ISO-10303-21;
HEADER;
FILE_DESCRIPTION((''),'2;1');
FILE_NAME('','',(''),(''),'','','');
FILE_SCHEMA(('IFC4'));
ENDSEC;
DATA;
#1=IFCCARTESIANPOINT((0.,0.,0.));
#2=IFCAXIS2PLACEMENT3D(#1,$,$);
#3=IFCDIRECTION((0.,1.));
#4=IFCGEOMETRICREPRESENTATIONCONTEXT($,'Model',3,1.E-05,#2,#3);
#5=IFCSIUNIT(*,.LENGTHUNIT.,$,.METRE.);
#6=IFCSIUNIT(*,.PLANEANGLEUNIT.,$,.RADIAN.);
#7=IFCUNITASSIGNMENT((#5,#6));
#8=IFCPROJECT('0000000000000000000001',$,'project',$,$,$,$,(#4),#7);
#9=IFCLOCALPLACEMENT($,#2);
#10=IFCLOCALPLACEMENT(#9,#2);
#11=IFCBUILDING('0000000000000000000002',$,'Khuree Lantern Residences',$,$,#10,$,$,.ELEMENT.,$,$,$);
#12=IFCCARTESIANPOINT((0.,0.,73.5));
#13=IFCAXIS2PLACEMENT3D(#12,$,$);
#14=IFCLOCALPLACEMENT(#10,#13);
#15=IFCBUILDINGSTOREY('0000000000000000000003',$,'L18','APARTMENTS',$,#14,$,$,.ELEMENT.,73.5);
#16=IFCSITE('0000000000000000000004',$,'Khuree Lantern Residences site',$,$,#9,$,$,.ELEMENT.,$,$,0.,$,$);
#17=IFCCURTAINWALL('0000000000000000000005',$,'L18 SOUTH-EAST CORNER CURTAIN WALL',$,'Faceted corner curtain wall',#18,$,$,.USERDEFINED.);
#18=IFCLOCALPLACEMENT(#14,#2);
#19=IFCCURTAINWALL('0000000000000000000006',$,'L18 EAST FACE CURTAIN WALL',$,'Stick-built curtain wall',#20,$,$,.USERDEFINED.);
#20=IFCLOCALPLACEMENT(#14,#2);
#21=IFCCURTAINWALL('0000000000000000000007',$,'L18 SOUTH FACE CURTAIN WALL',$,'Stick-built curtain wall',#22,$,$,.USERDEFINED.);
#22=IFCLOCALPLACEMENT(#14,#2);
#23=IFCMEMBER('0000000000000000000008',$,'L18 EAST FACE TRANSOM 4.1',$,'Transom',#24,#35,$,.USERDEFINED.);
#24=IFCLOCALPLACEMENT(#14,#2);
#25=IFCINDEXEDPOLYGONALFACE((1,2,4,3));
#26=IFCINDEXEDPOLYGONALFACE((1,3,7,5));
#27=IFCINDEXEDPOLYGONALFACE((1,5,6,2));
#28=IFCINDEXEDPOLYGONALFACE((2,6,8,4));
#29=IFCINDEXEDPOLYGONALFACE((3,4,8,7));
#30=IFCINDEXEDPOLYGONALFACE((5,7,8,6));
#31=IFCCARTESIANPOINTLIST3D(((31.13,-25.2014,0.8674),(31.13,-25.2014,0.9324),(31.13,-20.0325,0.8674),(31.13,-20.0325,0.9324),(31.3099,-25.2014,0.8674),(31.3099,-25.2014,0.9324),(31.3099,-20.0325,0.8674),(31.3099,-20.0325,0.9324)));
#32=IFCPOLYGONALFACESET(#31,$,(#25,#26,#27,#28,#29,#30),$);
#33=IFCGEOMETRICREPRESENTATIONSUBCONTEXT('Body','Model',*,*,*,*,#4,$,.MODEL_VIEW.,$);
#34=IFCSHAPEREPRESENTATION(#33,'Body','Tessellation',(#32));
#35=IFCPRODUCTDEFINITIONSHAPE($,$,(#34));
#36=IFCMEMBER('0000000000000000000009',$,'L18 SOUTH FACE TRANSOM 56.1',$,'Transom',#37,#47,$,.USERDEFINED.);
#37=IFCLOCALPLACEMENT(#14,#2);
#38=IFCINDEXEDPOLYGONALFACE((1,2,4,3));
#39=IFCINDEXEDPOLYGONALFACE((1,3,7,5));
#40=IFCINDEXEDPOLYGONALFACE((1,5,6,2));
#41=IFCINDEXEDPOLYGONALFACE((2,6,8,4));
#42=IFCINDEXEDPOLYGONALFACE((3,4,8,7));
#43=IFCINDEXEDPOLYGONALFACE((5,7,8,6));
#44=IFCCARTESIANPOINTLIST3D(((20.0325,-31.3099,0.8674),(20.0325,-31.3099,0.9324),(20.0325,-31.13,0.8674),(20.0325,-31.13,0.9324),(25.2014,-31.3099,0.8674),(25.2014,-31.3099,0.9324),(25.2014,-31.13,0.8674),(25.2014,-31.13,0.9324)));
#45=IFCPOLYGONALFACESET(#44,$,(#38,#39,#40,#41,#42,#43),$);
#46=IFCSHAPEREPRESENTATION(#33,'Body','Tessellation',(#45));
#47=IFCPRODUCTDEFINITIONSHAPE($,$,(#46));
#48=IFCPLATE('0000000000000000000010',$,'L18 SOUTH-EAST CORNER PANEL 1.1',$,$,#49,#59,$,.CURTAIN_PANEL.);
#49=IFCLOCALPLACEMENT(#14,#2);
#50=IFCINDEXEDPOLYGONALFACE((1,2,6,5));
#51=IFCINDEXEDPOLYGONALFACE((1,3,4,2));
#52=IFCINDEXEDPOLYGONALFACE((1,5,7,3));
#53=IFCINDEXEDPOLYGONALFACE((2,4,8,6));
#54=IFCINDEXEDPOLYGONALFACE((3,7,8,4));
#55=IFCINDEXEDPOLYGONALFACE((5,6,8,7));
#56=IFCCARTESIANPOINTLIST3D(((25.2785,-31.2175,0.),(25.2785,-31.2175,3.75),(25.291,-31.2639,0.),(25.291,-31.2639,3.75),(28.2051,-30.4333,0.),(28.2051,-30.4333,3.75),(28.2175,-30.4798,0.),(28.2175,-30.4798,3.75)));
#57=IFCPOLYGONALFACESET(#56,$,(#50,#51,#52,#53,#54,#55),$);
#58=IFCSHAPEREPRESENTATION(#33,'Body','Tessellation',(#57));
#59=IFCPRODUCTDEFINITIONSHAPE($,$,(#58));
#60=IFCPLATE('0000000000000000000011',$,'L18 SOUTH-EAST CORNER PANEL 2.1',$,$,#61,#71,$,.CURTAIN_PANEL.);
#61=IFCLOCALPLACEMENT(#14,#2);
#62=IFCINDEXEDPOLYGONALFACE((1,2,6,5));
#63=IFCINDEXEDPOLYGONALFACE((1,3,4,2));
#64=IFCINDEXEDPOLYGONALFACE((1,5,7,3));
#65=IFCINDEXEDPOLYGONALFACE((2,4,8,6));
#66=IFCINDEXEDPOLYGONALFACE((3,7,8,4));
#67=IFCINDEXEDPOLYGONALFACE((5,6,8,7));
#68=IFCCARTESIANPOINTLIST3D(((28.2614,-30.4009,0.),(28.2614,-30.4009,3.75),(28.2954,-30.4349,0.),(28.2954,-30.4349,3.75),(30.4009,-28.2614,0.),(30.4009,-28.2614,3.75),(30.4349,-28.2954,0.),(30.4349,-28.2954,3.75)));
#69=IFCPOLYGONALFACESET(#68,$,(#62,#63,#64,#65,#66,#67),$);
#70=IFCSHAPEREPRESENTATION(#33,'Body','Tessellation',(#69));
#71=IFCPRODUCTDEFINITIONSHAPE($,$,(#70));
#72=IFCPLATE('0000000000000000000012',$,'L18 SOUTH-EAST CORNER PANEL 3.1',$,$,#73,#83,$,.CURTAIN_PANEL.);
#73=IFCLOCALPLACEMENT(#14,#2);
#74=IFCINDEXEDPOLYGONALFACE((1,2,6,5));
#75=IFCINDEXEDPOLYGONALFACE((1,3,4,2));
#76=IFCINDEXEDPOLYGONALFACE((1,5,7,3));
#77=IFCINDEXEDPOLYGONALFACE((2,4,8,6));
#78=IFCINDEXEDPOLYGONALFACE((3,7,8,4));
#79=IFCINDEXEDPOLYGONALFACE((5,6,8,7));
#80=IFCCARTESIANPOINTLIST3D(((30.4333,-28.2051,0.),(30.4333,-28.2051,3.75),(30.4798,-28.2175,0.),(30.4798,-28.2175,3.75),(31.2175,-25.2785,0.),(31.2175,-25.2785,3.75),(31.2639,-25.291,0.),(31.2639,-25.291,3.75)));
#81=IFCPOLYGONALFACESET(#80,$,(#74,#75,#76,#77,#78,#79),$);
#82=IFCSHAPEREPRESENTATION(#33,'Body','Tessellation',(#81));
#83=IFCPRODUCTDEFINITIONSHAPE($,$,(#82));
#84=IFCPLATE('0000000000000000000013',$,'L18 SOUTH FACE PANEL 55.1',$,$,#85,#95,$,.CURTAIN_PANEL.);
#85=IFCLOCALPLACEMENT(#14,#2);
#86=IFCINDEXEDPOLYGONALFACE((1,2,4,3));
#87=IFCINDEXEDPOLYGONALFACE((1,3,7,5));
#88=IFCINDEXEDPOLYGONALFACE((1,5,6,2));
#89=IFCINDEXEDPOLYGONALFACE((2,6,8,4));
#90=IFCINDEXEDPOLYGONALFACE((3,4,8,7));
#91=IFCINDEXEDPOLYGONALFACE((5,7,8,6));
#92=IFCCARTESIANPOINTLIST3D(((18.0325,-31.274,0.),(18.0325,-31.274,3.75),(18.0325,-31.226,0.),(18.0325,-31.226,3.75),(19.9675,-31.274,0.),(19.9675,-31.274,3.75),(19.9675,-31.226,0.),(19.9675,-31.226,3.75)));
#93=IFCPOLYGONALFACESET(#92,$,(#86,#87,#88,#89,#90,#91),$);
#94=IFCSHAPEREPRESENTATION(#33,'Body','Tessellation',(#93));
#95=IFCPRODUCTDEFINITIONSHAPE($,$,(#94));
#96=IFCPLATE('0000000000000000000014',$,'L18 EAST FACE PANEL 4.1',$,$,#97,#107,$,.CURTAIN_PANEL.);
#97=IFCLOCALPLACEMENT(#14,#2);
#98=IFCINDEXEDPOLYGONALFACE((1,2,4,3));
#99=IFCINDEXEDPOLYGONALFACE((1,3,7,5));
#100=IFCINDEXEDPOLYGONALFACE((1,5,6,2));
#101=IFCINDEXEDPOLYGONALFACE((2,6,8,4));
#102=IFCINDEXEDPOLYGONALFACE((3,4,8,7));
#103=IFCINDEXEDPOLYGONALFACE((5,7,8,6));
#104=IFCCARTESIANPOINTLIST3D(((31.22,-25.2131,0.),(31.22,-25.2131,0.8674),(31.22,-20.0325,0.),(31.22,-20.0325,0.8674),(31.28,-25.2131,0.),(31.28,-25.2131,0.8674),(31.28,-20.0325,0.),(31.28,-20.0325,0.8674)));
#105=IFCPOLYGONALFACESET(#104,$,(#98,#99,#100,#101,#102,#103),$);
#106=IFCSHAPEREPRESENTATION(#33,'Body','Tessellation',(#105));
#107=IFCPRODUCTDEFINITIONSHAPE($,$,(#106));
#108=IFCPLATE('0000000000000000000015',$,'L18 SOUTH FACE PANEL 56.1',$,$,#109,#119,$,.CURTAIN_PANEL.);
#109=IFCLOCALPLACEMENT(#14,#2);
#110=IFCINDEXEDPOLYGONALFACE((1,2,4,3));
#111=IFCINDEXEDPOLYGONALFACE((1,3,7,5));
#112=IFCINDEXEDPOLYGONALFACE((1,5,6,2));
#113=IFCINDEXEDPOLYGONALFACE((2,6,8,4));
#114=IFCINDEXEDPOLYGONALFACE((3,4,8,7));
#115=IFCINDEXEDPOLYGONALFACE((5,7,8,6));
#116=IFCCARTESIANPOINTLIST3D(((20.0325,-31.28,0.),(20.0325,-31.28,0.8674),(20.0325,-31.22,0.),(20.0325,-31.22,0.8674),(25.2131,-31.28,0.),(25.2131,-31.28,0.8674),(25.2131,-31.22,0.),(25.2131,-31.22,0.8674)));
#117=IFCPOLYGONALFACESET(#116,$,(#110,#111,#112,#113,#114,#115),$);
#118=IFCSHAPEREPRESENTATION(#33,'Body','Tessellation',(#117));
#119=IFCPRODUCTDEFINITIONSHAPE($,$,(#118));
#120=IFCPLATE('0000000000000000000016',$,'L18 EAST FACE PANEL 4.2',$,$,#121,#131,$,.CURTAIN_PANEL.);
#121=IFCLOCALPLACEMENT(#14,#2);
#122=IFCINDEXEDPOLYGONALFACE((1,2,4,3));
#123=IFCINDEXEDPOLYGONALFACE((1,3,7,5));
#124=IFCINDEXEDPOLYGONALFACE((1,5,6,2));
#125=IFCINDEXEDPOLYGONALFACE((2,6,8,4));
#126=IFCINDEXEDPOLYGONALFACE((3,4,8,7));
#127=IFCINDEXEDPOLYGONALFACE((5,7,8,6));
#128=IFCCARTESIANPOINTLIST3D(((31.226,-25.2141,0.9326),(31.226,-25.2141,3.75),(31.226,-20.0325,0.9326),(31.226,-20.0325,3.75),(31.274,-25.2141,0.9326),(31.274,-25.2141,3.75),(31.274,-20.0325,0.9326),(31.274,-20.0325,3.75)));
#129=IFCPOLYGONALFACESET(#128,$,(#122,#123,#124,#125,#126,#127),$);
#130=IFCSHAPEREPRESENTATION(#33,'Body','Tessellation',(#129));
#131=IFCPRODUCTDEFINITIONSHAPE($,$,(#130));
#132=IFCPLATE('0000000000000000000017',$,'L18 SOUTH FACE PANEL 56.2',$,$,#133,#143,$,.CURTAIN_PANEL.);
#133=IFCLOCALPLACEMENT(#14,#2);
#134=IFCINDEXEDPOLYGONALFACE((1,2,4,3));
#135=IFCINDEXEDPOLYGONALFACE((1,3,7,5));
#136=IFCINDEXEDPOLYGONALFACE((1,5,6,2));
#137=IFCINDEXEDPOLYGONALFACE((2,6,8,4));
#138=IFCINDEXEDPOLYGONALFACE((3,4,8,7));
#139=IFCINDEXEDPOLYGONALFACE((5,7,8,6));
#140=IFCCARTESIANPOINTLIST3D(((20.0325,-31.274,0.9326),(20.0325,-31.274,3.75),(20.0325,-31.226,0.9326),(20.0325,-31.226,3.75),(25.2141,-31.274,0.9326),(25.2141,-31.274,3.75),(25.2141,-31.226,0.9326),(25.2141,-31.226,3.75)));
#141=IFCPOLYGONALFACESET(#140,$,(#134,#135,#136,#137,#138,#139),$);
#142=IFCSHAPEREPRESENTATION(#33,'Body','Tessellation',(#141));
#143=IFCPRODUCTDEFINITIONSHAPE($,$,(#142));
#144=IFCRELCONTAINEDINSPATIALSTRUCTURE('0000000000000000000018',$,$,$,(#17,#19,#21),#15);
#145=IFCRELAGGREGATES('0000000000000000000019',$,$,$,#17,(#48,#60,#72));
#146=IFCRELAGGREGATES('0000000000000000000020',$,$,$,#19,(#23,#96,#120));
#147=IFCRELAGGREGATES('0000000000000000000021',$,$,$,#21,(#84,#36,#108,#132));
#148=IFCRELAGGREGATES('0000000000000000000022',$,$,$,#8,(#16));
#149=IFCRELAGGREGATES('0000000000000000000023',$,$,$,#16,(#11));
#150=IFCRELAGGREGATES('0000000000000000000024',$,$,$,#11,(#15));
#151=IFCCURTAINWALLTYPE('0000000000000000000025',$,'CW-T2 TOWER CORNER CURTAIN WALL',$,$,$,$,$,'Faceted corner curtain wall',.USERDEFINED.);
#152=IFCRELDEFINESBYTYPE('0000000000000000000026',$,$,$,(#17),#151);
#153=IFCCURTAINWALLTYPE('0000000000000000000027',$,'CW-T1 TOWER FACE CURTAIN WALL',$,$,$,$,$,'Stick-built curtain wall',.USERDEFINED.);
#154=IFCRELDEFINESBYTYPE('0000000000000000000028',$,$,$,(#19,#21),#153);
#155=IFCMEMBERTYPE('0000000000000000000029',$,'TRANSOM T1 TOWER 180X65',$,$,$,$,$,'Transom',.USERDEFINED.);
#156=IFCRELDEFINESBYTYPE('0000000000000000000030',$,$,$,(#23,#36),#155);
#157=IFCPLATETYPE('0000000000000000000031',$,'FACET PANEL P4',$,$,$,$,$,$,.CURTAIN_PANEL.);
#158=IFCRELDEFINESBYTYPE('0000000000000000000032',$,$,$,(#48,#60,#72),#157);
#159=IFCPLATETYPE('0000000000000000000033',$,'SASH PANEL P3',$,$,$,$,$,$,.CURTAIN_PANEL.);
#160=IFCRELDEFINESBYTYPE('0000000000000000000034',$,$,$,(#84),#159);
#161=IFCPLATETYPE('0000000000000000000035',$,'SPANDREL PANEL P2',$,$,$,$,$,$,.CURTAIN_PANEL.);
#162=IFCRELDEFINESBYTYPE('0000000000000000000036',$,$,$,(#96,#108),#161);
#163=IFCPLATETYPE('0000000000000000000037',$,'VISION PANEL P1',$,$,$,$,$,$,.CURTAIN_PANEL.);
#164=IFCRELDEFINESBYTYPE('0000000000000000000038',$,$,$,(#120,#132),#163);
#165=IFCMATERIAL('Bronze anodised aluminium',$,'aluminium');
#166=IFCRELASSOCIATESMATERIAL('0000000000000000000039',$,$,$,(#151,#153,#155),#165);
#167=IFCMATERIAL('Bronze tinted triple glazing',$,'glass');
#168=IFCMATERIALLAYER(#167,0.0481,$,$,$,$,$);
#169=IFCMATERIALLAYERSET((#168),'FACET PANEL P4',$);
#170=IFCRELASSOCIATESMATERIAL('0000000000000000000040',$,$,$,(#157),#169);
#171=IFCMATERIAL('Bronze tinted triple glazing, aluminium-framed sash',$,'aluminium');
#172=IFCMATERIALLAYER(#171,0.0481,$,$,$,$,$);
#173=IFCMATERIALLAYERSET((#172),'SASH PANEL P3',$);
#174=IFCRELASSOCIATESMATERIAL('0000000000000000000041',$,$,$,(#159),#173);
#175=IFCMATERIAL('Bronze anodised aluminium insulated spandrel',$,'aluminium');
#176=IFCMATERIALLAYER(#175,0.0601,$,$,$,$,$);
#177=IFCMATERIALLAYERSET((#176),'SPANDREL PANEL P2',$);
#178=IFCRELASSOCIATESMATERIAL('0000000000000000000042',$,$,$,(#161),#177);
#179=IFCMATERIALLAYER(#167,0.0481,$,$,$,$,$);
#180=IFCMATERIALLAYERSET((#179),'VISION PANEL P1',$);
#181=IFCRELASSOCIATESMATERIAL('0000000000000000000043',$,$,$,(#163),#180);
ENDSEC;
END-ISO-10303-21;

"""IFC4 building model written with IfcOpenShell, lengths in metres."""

from ifc_helpers import new_model, si_unit, direction, frame, origin, origin_2d, place, context, subcontext, project, spatial, rectangle, extrude, material, layer, layer_set, material_profile, profile_set, type_object, element, aggregate, save


model = new_model("IFC4")

# Units and contexts
model_context = context("Model", 3, precision=1e-05, world=origin(), true_north=direction((0.0, 1.0)))
body_context = subcontext(model_context, "Body", "Model", "MODEL_VIEW")
ifc_project = project(units=[si_unit("LENGTHUNIT", "METRE"), si_unit("PLANEANGLEUNIT", "RADIAN")], contexts=[model_context])

# Site, building, storey
site_placement = place(None, origin())
site = spatial("IfcSite", under=ifc_project, at=site_placement, Name="Khuree Lantern Residences site", CompositionType="ELEMENT", RefElevation=0.0)
building_placement = place(site_placement, origin())
building = spatial("IfcBuilding", under=site, at=building_placement, Name="Khuree Lantern Residences", CompositionType="ELEMENT")
storey_placement = place(building_placement, frame((0.0, 0.0, 73.5)))
storey = spatial("IfcBuildingStorey", under=building, at=storey_placement, Name="L18", Description="APARTMENTS", CompositionType="ELEMENT", Elevation=73.5)

# Curtain walls
ifc_material_1 = material(Name="Bronze anodised aluminium", Category="aluminium")
curtain_wall_type_1 = type_object("IfcCurtainWallType", Name="CW-T2 TOWER CORNER CURTAIN WALL", ElementType="Faceted corner curtain wall", PredefinedType="USERDEFINED", material=ifc_material_1)
curtain_wall_1_placement = place(storey_placement, origin())
curtain_wall_1 = element("IfcCurtainWall", 1, at=curtain_wall_1_placement, inside=storey, type_object=curtain_wall_type_1, Name="L18 SOUTH-EAST CORNER CURTAIN WALL", ObjectType="Faceted corner curtain wall", PredefinedType="USERDEFINED")
curtain_wall_type_2 = type_object("IfcCurtainWallType", Name="CW-T1 TOWER FACE CURTAIN WALL", ElementType="Stick-built curtain wall", PredefinedType="USERDEFINED", material=ifc_material_1)
curtain_wall_2_placement = place(storey_placement, origin())
curtain_wall_2 = element("IfcCurtainWall", 2, at=curtain_wall_2_placement, inside=storey, type_object=curtain_wall_type_2, Name="L18 EAST FACE CURTAIN WALL", ObjectType="Stick-built curtain wall", PredefinedType="USERDEFINED")

# Curtain wall
curtain_wall_3_placement = place(storey_placement, origin())
curtain_wall_3 = element("IfcCurtainWall", 3, at=curtain_wall_3_placement, inside=storey, type_object=curtain_wall_type_2, Name="L18 SOUTH FACE CURTAIN WALL", ObjectType="Stick-built curtain wall", PredefinedType="USERDEFINED")

# Members
ifc_material_profile_1 = material_profile(ifc_material_1, rectangle(XDim=0.1799, YDim=0.0649, at=origin_2d()), Name="T1 180X65")
ifc_profile_set_1 = profile_set([ifc_material_profile_1], Name="Bronze anodised aluminium")
member_type_1 = type_object("IfcMemberType", Name="TRANSOM T1 TOWER 180X65", ElementType="Transom", PredefinedType="USERDEFINED", material=ifc_profile_set_1)
member_1_placement = place(storey_placement, frame((31.22, -25.2014, 0.8999), z_axis=(0.0, 1.0, 0.0), x_axis=(-1.0, 0.0, 0.0)))
member_1 = element("IfcMember", 4, at=member_1_placement, type_object=member_type_1, Name="L18 EAST FACE TRANSOM 4.1", ObjectType="Transom", PredefinedType="USERDEFINED", context=body_context, shape_type="SweptSolid", body=[
    extrude(rectangle(XDim=0.1799, YDim=0.0649, at=origin_2d()), origin(), (0.0, 0.0, 1.0), 5.1689),
])
member_2_placement = place(storey_placement, frame((20.0325, -31.22, 0.8999), z_axis=(1.0, 0.0, 0.0), x_axis=(0.0, 1.0, 0.0)))
member_2 = element("IfcMember", 5, at=member_2_placement, type_object=member_type_1, Name="L18 SOUTH FACE TRANSOM 56.1", ObjectType="Transom", PredefinedType="USERDEFINED", context=body_context, shape_type="SweptSolid", body=[
    extrude(rectangle(XDim=0.1799, YDim=0.0649, at=origin_2d()), origin(), (0.0, 0.0, 1.0), 5.1689),
])

# Plates
ifc_material_2 = material(Name="Bronze tinted triple glazing", Category="glass")
ifc_layer_1 = layer(ifc_material_2, 0.0481)
ifc_layer_set_1 = layer_set([ifc_layer_1], Name="FACET PANEL P4")
plate_type_1 = type_object("IfcPlateType", Name="FACET PANEL P4", PredefinedType="CURTAIN_PANEL", material=ifc_layer_set_1)
plate_1_placement = place(storey_placement, frame((26.748, -30.8486, 0.0), z_axis=(0.0, 0.0, 1.0), x_axis=(0.965926, 0.258819, 0.0)))
plate_1 = element("IfcPlate", 6, at=plate_1_placement, type_object=plate_type_1, Name="L18 SOUTH-EAST CORNER PANEL 1.1", PredefinedType="CURTAIN_PANEL", context=body_context, shape_type="SweptSolid", body=[
    extrude(rectangle(XDim=3.0298, YDim=0.0481, at=origin_2d()), origin(), (0.0, 0.0, 1.0), 3.75),
])
plate_2_placement = place(storey_placement, frame((29.3481, -29.3481, 0.0), z_axis=(0.0, 0.0, 1.0), x_axis=(0.707107, 0.707107, 0.0)))
plate_2 = element("IfcPlate", 7, at=plate_2_placement, type_object=plate_type_1, Name="L18 SOUTH-EAST CORNER PANEL 2.1", PredefinedType="CURTAIN_PANEL", context=body_context, shape_type="SweptSolid", body=[
    extrude(rectangle(XDim=3.0256, YDim=0.0481, at=origin_2d()), origin(), (0.0, 0.0, 1.0), 3.75),
])
plate_3_placement = place(storey_placement, frame((30.8486, -26.748, 0.0), z_axis=(0.0, 0.0, 1.0), x_axis=(0.258819, 0.965926, 0.0)))
plate_3 = element("IfcPlate", 8, at=plate_3_placement, type_object=plate_type_1, Name="L18 SOUTH-EAST CORNER PANEL 3.1", PredefinedType="CURTAIN_PANEL", context=body_context, shape_type="SweptSolid", body=[
    extrude(rectangle(XDim=3.0298, YDim=0.0481, at=origin_2d()), origin(), (0.0, 0.0, 1.0), 3.75),
])
aggregate(curtain_wall_1, [plate_1, plate_2, plate_3])
ifc_material_3 = material(Name="Bronze tinted triple glazing, aluminium-framed sash", Category="aluminium")
ifc_layer_2 = layer(ifc_material_3, 0.0481)
ifc_layer_set_2 = layer_set([ifc_layer_2], Name="SASH PANEL P3")
plate_type_2 = type_object("IfcPlateType", Name="SASH PANEL P3", PredefinedType="CURTAIN_PANEL", material=ifc_layer_set_2)
plate_4_placement = place(storey_placement, frame((19.0, -31.25, 0.0), z_axis=(0.0, 0.0, 1.0), x_axis=(1.0, 0.0, 0.0)))
plate_4 = element("IfcPlate", 9, at=plate_4_placement, type_object=plate_type_2, Name="L18 SOUTH FACE PANEL 55.1", PredefinedType="CURTAIN_PANEL", context=body_context, shape_type="SweptSolid", body=[
    extrude(rectangle(XDim=1.9351, YDim=0.0481, at=origin_2d()), origin(), (0.0, 0.0, 1.0), 3.75),
])
ifc_material_4 = material(Name="Bronze anodised aluminium insulated spandrel", Category="aluminium")
ifc_layer_3 = layer(ifc_material_4, 0.0601)
ifc_layer_set_3 = layer_set([ifc_layer_3], Name="SPANDREL PANEL P2")
plate_type_3 = type_object("IfcPlateType", Name="SPANDREL PANEL P2", PredefinedType="CURTAIN_PANEL", material=ifc_layer_set_3)
plate_5_placement = place(storey_placement, frame((31.25, -22.6228, 0.0), z_axis=(0.0, 0.0, 1.0), x_axis=(0.0, 1.0, 0.0)))
plate_5 = element("IfcPlate", 10, at=plate_5_placement, type_object=plate_type_3, Name="L18 EAST FACE PANEL 4.1", PredefinedType="CURTAIN_PANEL", context=body_context, shape_type="SweptSolid", body=[
    extrude(rectangle(XDim=5.1807, YDim=0.0601, at=origin_2d()), origin(), (0.0, 0.0, 1.0), 0.8674),
])
plate_6_placement = place(storey_placement, frame((22.6228, -31.25, 0.0), z_axis=(0.0, 0.0, 1.0), x_axis=(1.0, 0.0, 0.0)))
plate_6 = element("IfcPlate", 11, at=plate_6_placement, type_object=plate_type_3, Name="L18 SOUTH FACE PANEL 56.1", PredefinedType="CURTAIN_PANEL", context=body_context, shape_type="SweptSolid", body=[
    extrude(rectangle(XDim=5.1807, YDim=0.0601, at=origin_2d()), origin(), (0.0, 0.0, 1.0), 0.8674),
])
ifc_layer_4 = layer(ifc_material_2, 0.0481)
ifc_layer_set_4 = layer_set([ifc_layer_4], Name="VISION PANEL P1")
plate_type_4 = type_object("IfcPlateType", Name="VISION PANEL P1", PredefinedType="CURTAIN_PANEL", material=ifc_layer_set_4)
plate_7_placement = place(storey_placement, frame((31.25, -22.6233, 0.9326), z_axis=(0.0, 0.0, 1.0), x_axis=(0.0, 1.0, 0.0)))
plate_7 = element("IfcPlate", 12, at=plate_7_placement, type_object=plate_type_4, Name="L18 EAST FACE PANEL 4.2", PredefinedType="CURTAIN_PANEL", context=body_context, shape_type="SweptSolid", body=[
    extrude(rectangle(XDim=5.1816, YDim=0.0481, at=origin_2d()), origin(), (0.0, 0.0, 1.0), 2.8174),
])
aggregate(curtain_wall_2, [member_1, plate_5, plate_7])
plate_8_placement = place(storey_placement, frame((22.6233, -31.25, 0.9326), z_axis=(0.0, 0.0, 1.0), x_axis=(1.0, 0.0, 0.0)))
plate_8 = element("IfcPlate", 13, at=plate_8_placement, type_object=plate_type_4, Name="L18 SOUTH FACE PANEL 56.2", PredefinedType="CURTAIN_PANEL", context=body_context, shape_type="SweptSolid", body=[
    extrude(rectangle(XDim=5.1816, YDim=0.0481, at=origin_2d()), origin(), (0.0, 0.0, 1.0), 2.8174),
])
aggregate(curtain_wall_3, [plate_4, member_2, plate_6, plate_8])

save(model, "model.ifc")
